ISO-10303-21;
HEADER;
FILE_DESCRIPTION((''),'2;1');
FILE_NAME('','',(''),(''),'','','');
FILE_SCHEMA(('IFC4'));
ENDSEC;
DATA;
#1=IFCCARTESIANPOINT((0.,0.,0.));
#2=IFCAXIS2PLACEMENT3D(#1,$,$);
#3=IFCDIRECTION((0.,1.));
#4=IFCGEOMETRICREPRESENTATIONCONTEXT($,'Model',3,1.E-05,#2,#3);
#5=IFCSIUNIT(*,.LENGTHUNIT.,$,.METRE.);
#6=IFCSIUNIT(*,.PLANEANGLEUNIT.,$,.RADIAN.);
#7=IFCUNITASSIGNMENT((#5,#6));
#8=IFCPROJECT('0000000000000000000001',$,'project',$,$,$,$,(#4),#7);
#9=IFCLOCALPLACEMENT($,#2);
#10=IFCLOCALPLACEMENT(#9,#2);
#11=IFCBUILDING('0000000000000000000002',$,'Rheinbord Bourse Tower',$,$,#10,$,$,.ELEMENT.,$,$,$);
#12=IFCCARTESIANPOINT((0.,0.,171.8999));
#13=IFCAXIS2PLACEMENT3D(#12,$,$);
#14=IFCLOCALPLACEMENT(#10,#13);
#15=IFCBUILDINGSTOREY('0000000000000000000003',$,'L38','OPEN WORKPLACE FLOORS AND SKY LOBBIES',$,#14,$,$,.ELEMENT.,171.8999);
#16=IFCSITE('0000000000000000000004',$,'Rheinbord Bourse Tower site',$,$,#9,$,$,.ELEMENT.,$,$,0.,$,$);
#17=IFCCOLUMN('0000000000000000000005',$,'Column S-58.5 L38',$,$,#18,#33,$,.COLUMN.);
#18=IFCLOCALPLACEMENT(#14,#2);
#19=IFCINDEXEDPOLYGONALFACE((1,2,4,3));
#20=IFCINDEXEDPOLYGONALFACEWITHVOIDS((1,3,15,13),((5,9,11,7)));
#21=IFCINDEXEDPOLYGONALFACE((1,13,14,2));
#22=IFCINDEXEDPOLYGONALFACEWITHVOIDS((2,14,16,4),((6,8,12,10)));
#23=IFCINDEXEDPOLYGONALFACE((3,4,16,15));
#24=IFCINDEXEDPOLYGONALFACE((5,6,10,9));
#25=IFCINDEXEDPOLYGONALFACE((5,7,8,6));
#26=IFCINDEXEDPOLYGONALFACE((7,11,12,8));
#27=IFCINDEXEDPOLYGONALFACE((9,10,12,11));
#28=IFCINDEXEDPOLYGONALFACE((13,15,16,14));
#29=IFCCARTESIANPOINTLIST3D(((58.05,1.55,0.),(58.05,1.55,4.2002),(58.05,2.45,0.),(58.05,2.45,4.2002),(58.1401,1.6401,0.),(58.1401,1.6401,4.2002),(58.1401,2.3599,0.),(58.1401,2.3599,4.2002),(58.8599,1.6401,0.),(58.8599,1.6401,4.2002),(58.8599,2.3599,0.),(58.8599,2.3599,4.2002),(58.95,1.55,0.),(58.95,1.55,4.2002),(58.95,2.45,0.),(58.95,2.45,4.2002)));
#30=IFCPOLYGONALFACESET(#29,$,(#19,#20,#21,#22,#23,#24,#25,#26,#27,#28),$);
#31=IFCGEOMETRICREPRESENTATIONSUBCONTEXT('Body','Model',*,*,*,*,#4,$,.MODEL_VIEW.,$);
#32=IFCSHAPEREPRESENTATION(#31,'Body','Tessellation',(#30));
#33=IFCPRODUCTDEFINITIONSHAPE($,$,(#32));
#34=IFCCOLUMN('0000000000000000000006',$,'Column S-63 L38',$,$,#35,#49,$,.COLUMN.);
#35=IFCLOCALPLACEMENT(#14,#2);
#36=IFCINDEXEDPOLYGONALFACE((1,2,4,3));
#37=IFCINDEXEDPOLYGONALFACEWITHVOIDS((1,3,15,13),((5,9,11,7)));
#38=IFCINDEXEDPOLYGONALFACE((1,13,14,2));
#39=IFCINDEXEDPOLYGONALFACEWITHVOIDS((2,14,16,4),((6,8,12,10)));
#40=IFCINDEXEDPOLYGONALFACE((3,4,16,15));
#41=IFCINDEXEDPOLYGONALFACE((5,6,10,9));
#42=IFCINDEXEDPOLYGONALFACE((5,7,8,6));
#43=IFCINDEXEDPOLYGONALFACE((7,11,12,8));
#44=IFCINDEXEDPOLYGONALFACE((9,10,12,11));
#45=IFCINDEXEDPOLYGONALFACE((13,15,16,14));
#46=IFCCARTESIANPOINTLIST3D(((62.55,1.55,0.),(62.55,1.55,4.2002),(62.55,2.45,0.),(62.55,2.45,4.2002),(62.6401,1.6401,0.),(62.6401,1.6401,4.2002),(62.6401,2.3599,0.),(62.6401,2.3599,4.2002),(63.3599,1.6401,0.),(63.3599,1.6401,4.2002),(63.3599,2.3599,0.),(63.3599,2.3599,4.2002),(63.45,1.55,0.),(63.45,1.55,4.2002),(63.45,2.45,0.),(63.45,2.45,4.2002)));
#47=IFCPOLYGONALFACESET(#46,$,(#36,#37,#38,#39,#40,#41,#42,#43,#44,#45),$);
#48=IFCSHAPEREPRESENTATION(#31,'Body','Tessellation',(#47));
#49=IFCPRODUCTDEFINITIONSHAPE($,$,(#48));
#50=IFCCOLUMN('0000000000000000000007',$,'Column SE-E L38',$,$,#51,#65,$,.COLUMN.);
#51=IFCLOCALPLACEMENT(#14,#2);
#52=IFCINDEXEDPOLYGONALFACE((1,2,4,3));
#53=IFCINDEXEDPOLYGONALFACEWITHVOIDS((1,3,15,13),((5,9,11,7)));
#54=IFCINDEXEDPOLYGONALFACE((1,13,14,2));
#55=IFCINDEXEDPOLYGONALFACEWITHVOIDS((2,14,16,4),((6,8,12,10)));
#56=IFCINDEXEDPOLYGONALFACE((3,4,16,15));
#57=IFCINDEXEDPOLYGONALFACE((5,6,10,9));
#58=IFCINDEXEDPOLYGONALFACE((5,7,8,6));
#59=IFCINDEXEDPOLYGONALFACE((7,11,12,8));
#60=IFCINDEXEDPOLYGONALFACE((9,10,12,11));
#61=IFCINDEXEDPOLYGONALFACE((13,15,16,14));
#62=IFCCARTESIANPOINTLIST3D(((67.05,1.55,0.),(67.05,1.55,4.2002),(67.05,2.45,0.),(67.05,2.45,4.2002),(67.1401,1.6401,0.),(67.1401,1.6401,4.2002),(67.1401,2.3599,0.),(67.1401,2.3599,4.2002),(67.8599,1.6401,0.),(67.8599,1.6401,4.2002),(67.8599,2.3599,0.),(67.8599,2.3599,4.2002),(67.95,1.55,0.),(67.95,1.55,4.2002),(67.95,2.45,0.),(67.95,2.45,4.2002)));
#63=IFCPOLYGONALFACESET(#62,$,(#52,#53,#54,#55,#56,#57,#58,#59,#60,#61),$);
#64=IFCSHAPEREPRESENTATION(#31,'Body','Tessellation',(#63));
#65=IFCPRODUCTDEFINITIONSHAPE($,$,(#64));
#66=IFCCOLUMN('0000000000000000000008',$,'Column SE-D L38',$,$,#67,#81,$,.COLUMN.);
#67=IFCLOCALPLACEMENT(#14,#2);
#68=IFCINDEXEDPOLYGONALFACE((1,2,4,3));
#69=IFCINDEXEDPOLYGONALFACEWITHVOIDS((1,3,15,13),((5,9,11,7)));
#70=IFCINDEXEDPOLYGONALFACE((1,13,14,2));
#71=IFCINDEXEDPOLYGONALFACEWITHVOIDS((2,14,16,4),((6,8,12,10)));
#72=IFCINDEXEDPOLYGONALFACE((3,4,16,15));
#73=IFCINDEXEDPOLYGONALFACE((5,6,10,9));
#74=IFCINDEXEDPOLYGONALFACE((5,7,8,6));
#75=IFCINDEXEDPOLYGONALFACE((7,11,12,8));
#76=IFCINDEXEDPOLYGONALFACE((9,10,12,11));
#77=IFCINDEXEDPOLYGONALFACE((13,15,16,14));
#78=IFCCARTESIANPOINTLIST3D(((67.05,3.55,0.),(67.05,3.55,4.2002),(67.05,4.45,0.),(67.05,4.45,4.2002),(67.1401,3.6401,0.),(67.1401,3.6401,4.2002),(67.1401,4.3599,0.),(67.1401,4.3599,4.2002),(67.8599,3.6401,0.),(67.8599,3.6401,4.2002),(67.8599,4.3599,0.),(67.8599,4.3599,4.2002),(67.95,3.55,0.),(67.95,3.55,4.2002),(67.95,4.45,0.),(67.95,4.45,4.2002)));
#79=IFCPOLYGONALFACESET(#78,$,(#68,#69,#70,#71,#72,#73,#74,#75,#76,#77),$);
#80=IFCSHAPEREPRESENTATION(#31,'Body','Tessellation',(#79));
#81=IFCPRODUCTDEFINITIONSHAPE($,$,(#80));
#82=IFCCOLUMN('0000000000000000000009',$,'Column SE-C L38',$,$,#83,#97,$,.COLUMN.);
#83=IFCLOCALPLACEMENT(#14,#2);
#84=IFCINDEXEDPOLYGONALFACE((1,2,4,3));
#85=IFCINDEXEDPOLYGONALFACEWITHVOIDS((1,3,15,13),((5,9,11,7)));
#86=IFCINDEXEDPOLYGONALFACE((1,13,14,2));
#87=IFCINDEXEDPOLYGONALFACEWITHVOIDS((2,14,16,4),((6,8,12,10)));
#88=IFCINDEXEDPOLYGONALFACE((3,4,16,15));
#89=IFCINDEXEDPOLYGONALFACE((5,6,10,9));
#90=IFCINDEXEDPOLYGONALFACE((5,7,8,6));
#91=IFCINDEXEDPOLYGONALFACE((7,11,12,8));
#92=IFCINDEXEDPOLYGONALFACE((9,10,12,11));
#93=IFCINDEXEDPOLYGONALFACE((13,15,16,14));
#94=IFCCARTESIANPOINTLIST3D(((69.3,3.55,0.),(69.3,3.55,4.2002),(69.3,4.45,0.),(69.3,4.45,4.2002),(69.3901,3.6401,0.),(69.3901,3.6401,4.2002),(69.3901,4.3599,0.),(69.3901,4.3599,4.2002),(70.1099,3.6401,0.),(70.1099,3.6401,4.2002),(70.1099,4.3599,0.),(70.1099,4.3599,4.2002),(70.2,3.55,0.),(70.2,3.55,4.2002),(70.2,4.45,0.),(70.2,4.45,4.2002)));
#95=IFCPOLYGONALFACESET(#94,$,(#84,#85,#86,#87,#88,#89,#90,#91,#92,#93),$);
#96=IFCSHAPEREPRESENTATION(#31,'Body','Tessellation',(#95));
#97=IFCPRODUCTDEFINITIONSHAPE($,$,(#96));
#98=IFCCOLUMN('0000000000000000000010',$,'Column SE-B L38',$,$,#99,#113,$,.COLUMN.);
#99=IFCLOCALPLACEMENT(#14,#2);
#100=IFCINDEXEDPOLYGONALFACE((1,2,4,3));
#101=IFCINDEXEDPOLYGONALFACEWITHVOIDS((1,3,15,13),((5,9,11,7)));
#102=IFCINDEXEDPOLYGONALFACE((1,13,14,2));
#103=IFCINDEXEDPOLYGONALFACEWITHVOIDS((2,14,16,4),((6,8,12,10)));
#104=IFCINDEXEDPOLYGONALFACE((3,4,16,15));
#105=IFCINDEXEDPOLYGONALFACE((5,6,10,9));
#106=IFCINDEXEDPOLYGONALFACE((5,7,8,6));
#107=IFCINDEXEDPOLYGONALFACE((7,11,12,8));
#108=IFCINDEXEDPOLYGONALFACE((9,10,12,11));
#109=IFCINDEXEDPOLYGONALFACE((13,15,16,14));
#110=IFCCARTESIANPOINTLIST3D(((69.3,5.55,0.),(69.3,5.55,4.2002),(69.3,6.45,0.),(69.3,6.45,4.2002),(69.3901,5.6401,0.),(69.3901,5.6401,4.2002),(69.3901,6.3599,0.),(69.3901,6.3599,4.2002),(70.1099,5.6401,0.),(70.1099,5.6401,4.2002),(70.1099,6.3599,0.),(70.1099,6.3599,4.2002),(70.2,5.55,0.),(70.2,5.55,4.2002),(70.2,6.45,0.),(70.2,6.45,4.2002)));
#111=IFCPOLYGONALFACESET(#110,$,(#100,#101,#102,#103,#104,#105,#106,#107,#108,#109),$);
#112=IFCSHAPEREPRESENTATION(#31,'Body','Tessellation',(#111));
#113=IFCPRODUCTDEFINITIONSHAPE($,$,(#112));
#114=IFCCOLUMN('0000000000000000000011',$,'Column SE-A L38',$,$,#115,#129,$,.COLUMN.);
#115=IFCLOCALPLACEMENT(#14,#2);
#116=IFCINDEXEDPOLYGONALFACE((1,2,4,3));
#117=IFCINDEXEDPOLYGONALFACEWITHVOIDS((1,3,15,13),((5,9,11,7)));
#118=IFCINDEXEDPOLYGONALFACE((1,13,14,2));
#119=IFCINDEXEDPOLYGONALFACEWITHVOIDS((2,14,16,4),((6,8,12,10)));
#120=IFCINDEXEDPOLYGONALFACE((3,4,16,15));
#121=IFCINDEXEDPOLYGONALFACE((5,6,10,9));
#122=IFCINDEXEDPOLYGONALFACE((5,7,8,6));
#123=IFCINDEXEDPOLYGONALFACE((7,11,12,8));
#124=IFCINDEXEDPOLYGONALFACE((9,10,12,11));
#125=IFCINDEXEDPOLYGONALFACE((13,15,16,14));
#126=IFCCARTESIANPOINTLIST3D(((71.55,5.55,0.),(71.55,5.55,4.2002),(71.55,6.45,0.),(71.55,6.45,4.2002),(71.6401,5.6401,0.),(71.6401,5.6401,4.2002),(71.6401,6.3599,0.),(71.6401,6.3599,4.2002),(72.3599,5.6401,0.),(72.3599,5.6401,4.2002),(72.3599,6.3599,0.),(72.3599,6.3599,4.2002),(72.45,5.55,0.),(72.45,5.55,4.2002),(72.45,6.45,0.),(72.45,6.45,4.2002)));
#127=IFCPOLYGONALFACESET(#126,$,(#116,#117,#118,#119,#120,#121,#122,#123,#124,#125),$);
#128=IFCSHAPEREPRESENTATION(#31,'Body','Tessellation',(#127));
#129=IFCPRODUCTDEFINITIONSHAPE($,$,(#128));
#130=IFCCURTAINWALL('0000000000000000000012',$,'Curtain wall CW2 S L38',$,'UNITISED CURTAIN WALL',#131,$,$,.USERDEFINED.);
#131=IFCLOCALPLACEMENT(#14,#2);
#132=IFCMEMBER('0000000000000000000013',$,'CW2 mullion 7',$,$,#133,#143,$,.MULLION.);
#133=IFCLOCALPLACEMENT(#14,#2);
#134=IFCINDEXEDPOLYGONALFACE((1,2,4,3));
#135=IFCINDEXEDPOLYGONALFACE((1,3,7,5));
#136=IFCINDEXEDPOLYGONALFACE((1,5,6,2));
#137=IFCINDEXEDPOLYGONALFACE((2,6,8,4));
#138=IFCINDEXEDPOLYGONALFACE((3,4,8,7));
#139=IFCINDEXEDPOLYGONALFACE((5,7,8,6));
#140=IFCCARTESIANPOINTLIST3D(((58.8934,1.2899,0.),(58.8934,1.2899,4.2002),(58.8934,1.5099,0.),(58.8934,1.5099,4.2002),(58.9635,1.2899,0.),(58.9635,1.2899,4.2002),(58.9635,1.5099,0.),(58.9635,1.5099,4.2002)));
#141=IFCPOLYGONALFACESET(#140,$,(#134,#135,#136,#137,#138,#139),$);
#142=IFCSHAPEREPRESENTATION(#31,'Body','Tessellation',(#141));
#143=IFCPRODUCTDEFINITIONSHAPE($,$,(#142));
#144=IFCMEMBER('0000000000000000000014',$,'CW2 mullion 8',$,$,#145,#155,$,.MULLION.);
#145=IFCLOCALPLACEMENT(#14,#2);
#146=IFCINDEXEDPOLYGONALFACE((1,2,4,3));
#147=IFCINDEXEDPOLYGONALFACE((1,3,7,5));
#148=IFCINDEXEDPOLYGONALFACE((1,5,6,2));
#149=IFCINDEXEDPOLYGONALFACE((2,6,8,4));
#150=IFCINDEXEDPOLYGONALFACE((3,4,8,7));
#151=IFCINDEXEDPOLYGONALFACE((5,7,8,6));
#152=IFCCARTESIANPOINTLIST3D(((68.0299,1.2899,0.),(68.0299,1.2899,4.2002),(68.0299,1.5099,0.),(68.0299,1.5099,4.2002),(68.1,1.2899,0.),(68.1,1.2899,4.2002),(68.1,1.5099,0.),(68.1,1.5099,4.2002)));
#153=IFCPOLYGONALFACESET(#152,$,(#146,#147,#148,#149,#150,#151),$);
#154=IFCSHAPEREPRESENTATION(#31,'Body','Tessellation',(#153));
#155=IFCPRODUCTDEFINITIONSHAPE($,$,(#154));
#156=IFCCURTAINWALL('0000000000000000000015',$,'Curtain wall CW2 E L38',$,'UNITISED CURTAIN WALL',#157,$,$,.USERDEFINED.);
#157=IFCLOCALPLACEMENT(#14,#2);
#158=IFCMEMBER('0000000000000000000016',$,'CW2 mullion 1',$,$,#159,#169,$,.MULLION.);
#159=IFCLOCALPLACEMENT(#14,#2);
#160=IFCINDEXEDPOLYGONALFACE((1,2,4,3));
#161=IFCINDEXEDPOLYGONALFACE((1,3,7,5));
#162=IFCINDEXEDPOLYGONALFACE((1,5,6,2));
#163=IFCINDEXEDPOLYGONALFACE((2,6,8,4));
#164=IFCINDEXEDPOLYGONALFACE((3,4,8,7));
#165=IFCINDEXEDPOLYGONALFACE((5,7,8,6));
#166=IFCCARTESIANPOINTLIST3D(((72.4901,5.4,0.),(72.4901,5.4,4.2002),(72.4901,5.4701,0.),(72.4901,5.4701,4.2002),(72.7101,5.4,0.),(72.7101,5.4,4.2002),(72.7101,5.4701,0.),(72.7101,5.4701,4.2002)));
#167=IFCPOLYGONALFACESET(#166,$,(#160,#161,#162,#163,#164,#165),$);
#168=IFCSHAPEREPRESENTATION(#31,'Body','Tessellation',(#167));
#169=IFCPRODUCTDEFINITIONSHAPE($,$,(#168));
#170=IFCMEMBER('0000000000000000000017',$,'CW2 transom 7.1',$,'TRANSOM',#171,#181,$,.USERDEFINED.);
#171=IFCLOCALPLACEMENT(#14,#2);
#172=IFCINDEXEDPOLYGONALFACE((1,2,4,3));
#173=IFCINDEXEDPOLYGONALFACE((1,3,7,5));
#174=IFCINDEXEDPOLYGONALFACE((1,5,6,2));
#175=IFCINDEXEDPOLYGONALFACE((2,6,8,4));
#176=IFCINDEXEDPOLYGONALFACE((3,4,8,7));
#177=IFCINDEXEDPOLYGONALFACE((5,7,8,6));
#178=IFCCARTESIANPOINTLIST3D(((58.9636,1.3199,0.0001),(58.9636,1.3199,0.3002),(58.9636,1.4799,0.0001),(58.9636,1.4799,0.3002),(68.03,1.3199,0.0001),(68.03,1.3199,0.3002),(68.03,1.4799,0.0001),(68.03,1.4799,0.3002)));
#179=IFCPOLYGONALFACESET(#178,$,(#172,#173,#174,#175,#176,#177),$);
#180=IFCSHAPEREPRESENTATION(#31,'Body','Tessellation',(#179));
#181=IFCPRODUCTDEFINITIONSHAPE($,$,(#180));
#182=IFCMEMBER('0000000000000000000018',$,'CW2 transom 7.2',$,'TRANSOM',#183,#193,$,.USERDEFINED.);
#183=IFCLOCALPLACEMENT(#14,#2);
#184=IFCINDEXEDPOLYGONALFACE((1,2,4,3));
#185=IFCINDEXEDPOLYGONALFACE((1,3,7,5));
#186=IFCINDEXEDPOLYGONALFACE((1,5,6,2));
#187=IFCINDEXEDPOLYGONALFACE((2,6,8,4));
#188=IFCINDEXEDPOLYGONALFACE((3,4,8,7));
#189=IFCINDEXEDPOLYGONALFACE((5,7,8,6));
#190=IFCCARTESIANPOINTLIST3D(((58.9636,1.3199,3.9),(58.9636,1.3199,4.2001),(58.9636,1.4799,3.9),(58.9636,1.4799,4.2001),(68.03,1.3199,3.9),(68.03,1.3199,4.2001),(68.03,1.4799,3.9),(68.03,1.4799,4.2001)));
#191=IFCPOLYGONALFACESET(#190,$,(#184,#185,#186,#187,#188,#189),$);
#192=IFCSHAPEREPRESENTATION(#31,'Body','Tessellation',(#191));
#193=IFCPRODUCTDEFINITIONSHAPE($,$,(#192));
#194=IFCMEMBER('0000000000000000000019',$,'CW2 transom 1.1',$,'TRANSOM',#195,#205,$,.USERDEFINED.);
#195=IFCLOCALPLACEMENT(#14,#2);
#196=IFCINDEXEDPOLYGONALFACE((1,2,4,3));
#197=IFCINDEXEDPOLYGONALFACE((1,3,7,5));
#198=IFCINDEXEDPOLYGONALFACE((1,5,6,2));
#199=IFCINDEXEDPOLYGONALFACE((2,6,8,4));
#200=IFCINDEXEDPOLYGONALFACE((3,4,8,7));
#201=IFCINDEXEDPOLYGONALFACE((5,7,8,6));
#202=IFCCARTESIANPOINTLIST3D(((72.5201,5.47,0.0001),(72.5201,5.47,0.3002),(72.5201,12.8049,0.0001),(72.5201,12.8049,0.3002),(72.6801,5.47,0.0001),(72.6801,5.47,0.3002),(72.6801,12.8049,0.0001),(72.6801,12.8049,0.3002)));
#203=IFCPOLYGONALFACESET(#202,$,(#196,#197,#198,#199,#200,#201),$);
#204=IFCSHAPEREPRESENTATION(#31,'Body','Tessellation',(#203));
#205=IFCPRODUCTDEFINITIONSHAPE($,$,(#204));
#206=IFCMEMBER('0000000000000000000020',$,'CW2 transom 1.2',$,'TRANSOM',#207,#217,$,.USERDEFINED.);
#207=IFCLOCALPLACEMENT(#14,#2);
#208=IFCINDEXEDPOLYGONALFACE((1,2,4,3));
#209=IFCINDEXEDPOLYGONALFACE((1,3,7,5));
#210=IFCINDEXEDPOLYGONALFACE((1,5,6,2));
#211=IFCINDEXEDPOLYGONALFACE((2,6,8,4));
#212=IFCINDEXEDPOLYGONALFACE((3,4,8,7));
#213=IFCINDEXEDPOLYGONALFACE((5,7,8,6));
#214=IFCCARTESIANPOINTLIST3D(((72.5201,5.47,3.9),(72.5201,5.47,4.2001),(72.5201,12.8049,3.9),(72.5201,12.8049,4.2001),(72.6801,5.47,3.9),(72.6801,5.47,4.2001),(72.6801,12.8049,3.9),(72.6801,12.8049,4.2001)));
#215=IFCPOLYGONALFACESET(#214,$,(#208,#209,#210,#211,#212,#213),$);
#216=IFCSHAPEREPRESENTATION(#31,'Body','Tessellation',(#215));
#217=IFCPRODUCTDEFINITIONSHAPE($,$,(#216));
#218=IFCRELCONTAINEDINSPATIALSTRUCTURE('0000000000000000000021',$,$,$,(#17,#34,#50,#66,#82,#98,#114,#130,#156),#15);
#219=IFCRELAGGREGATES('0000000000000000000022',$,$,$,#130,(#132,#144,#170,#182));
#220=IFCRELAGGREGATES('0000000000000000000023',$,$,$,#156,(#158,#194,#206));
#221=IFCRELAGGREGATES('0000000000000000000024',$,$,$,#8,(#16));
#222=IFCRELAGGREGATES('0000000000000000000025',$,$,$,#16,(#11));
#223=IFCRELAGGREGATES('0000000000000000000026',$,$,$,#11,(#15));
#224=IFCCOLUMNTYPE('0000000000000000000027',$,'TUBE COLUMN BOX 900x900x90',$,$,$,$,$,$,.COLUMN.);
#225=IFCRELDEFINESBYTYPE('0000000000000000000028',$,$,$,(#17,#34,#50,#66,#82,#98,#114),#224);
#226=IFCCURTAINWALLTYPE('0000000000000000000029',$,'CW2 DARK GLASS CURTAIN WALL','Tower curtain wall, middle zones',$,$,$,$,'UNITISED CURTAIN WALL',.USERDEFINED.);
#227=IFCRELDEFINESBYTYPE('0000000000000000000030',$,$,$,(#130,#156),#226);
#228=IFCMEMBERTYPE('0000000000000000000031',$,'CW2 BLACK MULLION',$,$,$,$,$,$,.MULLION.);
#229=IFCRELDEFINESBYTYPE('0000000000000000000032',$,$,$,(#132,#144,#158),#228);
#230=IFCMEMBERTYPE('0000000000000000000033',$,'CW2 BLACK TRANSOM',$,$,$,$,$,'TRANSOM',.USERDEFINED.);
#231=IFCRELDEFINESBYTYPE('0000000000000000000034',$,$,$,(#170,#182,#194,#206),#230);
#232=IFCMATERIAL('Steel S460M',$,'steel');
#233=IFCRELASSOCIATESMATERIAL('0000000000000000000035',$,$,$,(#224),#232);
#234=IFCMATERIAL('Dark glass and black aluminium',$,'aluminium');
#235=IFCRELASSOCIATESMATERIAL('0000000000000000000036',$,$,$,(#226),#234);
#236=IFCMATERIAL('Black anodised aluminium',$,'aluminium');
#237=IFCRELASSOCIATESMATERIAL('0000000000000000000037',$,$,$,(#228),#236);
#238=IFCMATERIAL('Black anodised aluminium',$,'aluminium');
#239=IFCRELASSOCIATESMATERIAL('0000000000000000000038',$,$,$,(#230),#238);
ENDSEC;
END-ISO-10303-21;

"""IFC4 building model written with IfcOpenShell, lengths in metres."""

from ifc_helpers import new_model, si_unit, direction, frame, origin, origin_2d, place, context, subcontext, project, spatial, rectangle, hollow_rectangle, extrude, material, material_profile, profile_set, type_object, element, aggregate, save


model = new_model("IFC4")

# Units and contexts
model_context = context("Model", 3, precision=1e-05, world=origin(), true_north=direction((0.0, 1.0)))
body_context = subcontext(model_context, "Body", "Model", "MODEL_VIEW")
ifc_project = project(units=[si_unit("LENGTHUNIT", "METRE"), si_unit("PLANEANGLEUNIT", "RADIAN")], contexts=[model_context])

# Site, building, storey
site_placement = place(None, origin())
site = spatial("IfcSite", under=ifc_project, at=site_placement, Name="Rheinbord Bourse Tower site", CompositionType="ELEMENT", RefElevation=0.0)
building_placement = place(site_placement, origin())
building = spatial("IfcBuilding", under=site, at=building_placement, Name="Rheinbord Bourse Tower", CompositionType="ELEMENT")
storey_placement = place(building_placement, frame((0.0, 0.0, 171.8999)))
storey = spatial("IfcBuildingStorey", under=building, at=storey_placement, Name="L38", Description="OPEN WORKPLACE FLOORS AND SKY LOBBIES", CompositionType="ELEMENT", Elevation=171.8999)

# Columns
ifc_material_1 = material(Name="Steel S460M", Category="steel")
ifc_material_profile_1 = material_profile(ifc_material_1, hollow_rectangle(XDim=0.8999, YDim=0.8999, WallThickness=0.0901, at=origin_2d()), Name="BOX 900x900x90")
ifc_profile_set_1 = profile_set([ifc_material_profile_1], Name="Steel S460M")
column_type = type_object("IfcColumnType", Name="TUBE COLUMN BOX 900x900x90", PredefinedType="COLUMN", material=ifc_profile_set_1)
for number, where, z_axis, x_axis, name in (
    (1, (58.5, 2.0, 0.0), (0.0, 0.0, 1.0), (0.0, 1.0, 0.0), "Column S-58.5 L38"),
    (2, (63.0, 2.0, 0.0), (0.0, 0.0, 1.0), (0.0, 1.0, 0.0), "Column S-63 L38"),
    (3, (67.5, 2.0, 0.0), (0.0, 0.0, 1.0), (0.0, 1.0, 0.0), "Column SE-E L38"),
    (4, (67.5, 4.0, 0.0), (0.0, 0.0, 1.0), (0.0, 1.0, 0.0), "Column SE-D L38"),
    (5, (69.75, 4.0, 0.0), (0.0, 0.0, 1.0), (1.0, 0.0, 0.0), "Column SE-C L38"),
    (6, (69.75, 6.0, 0.0), (0.0, 0.0, 1.0), (1.0, 0.0, 0.0), "Column SE-B L38"),
    (7, (72.0, 6.0, 0.0), (0.0, 0.0, 1.0), (1.0, 0.0, 0.0), "Column SE-A L38"),
):
    element("IfcColumn", number, at=place(storey_placement, frame(where, z_axis=z_axis, x_axis=x_axis)), inside=storey, type_object=column_type, Name=name, PredefinedType="COLUMN", context=body_context, shape_type="SweptSolid", body=[
        extrude(hollow_rectangle(XDim=0.8999, YDim=0.8999, WallThickness=0.0901, at=origin_2d()), origin(), (0.0, 0.0, 1.0), 4.2002),
    ])

# Curtain wall, members
ifc_material_2 = material(Name="Dark glass and black aluminium", Category="aluminium")
curtain_wall_type = type_object("IfcCurtainWallType", Name="CW2 DARK GLASS CURTAIN WALL", Description="Tower curtain wall, middle zones", ElementType="UNITISED CURTAIN WALL", PredefinedType="USERDEFINED", material=ifc_material_2)
curtain_wall_1_placement = place(storey_placement, origin())
curtain_wall_1 = element("IfcCurtainWall", 8, at=curtain_wall_1_placement, inside=storey, type_object=curtain_wall_type, Name="Curtain wall CW2 S L38", ObjectType="UNITISED CURTAIN WALL", PredefinedType="USERDEFINED")
ifc_material_3 = material(Name="Black anodised aluminium", Category="aluminium")
ifc_material_profile_2 = material_profile(ifc_material_3, rectangle(XDim=0.22, YDim=0.0701, at=origin_2d()), Name="CW2 MULLION 70x220")
ifc_profile_set_2 = profile_set([ifc_material_profile_2], Name="Black anodised aluminium")
member_type_1 = type_object("IfcMemberType", Name="CW2 BLACK MULLION", PredefinedType="MULLION", material=ifc_profile_set_2)
member_1_placement = place(storey_placement, frame((58.9285, 1.3999, 0.0), z_axis=(0.0, 0.0, 1.0), x_axis=(0.0, 1.0, 0.0)))
member_1 = element("IfcMember", 9, at=member_1_placement, type_object=member_type_1, Name="CW2 mullion 7", PredefinedType="MULLION", context=body_context, shape_type="SweptSolid", body=[
    extrude(rectangle(XDim=0.22, YDim=0.0701, at=origin_2d()), origin(), (0.0, 0.0, 1.0), 4.2002),
])
member_2_placement = place(storey_placement, frame((68.0649, 1.3999, 0.0), z_axis=(0.0, 0.0, 1.0), x_axis=(0.0, 1.0, 0.0)))
member_2 = element("IfcMember", 10, at=member_2_placement, type_object=member_type_1, Name="CW2 mullion 8", PredefinedType="MULLION", context=body_context, shape_type="SweptSolid", body=[
    extrude(rectangle(XDim=0.22, YDim=0.0701, at=origin_2d()), origin(), (0.0, 0.0, 1.0), 4.2002),
])

# Curtain wall, member
curtain_wall_2_placement = place(storey_placement, origin())
curtain_wall_2 = element("IfcCurtainWall", 11, at=curtain_wall_2_placement, inside=storey, type_object=curtain_wall_type, Name="Curtain wall CW2 E L38", ObjectType="UNITISED CURTAIN WALL", PredefinedType="USERDEFINED")
member_3_placement = place(storey_placement, frame((72.6001, 5.4351, 0.0), z_axis=(0.0, 0.0, 1.0), x_axis=(-1.0, 0.0, 0.0)))
member_3 = element("IfcMember", 12, at=member_3_placement, type_object=member_type_1, Name="CW2 mullion 1", PredefinedType="MULLION", context=body_context, shape_type="SweptSolid", body=[
    extrude(rectangle(XDim=0.22, YDim=0.0701, at=origin_2d()), origin(), (0.0, 0.0, 1.0), 4.2002),
])

# Members
ifc_material_4 = material(Name="Black anodised aluminium", Category="aluminium")
ifc_material_profile_3 = material_profile(ifc_material_4, rectangle(XDim=0.1599, YDim=0.3, at=origin_2d()), Name="CW2 TRANSOM 300x160")
ifc_profile_set_3 = profile_set([ifc_material_profile_3], Name="Black anodised aluminium")
member_type_2 = type_object("IfcMemberType", Name="CW2 BLACK TRANSOM", ElementType="TRANSOM", PredefinedType="USERDEFINED", material=ifc_profile_set_3)
member_4_placement = place(storey_placement, frame((58.9636, 1.3999, 0.1501), z_axis=(1.0, 0.0, 0.0), x_axis=(0.0, 1.0, 0.0)))
member_4 = element("IfcMember", 13, at=member_4_placement, type_object=member_type_2, Name="CW2 transom 7.1", ObjectType="TRANSOM", PredefinedType="USERDEFINED", context=body_context, shape_type="SweptSolid", body=[
    extrude(rectangle(XDim=0.1599, YDim=0.3, at=origin_2d()), origin(), (0.0, 0.0, 1.0), 9.0664),
])
member_5_placement = place(storey_placement, frame((58.9636, 1.3999, 4.05), z_axis=(1.0, 0.0, 0.0), x_axis=(0.0, 1.0, 0.0)))
member_5 = element("IfcMember", 14, at=member_5_placement, type_object=member_type_2, Name="CW2 transom 7.2", ObjectType="TRANSOM", PredefinedType="USERDEFINED", context=body_context, shape_type="SweptSolid", body=[
    extrude(rectangle(XDim=0.1599, YDim=0.3, at=origin_2d()), origin(), (0.0, 0.0, 1.0), 9.0664),
])
member_6_placement = place(storey_placement, frame((72.6001, 5.47, 0.1501), z_axis=(0.0, 1.0, 0.0), x_axis=(-1.0, 0.0, 0.0)))
member_6 = element("IfcMember", 15, at=member_6_placement, type_object=member_type_2, Name="CW2 transom 1.1", ObjectType="TRANSOM", PredefinedType="USERDEFINED", context=body_context, shape_type="SweptSolid", body=[
    extrude(rectangle(XDim=0.1599, YDim=0.3, at=origin_2d()), origin(), (0.0, 0.0, 1.0), 7.335),
])
member_7_placement = place(storey_placement, frame((72.6001, 5.47, 4.05), z_axis=(0.0, 1.0, 0.0), x_axis=(-1.0, 0.0, 0.0)))
member_7 = element("IfcMember", 16, at=member_7_placement, type_object=member_type_2, Name="CW2 transom 1.2", ObjectType="TRANSOM", PredefinedType="USERDEFINED", context=body_context, shape_type="SweptSolid", body=[
    extrude(rectangle(XDim=0.1599, YDim=0.3, at=origin_2d()), origin(), (0.0, 0.0, 1.0), 7.335),
])

aggregate(curtain_wall_1, [member_1, member_2, member_4, member_5])
aggregate(curtain_wall_2, [member_3, member_6, member_7])

save(model, "model.ifc")
